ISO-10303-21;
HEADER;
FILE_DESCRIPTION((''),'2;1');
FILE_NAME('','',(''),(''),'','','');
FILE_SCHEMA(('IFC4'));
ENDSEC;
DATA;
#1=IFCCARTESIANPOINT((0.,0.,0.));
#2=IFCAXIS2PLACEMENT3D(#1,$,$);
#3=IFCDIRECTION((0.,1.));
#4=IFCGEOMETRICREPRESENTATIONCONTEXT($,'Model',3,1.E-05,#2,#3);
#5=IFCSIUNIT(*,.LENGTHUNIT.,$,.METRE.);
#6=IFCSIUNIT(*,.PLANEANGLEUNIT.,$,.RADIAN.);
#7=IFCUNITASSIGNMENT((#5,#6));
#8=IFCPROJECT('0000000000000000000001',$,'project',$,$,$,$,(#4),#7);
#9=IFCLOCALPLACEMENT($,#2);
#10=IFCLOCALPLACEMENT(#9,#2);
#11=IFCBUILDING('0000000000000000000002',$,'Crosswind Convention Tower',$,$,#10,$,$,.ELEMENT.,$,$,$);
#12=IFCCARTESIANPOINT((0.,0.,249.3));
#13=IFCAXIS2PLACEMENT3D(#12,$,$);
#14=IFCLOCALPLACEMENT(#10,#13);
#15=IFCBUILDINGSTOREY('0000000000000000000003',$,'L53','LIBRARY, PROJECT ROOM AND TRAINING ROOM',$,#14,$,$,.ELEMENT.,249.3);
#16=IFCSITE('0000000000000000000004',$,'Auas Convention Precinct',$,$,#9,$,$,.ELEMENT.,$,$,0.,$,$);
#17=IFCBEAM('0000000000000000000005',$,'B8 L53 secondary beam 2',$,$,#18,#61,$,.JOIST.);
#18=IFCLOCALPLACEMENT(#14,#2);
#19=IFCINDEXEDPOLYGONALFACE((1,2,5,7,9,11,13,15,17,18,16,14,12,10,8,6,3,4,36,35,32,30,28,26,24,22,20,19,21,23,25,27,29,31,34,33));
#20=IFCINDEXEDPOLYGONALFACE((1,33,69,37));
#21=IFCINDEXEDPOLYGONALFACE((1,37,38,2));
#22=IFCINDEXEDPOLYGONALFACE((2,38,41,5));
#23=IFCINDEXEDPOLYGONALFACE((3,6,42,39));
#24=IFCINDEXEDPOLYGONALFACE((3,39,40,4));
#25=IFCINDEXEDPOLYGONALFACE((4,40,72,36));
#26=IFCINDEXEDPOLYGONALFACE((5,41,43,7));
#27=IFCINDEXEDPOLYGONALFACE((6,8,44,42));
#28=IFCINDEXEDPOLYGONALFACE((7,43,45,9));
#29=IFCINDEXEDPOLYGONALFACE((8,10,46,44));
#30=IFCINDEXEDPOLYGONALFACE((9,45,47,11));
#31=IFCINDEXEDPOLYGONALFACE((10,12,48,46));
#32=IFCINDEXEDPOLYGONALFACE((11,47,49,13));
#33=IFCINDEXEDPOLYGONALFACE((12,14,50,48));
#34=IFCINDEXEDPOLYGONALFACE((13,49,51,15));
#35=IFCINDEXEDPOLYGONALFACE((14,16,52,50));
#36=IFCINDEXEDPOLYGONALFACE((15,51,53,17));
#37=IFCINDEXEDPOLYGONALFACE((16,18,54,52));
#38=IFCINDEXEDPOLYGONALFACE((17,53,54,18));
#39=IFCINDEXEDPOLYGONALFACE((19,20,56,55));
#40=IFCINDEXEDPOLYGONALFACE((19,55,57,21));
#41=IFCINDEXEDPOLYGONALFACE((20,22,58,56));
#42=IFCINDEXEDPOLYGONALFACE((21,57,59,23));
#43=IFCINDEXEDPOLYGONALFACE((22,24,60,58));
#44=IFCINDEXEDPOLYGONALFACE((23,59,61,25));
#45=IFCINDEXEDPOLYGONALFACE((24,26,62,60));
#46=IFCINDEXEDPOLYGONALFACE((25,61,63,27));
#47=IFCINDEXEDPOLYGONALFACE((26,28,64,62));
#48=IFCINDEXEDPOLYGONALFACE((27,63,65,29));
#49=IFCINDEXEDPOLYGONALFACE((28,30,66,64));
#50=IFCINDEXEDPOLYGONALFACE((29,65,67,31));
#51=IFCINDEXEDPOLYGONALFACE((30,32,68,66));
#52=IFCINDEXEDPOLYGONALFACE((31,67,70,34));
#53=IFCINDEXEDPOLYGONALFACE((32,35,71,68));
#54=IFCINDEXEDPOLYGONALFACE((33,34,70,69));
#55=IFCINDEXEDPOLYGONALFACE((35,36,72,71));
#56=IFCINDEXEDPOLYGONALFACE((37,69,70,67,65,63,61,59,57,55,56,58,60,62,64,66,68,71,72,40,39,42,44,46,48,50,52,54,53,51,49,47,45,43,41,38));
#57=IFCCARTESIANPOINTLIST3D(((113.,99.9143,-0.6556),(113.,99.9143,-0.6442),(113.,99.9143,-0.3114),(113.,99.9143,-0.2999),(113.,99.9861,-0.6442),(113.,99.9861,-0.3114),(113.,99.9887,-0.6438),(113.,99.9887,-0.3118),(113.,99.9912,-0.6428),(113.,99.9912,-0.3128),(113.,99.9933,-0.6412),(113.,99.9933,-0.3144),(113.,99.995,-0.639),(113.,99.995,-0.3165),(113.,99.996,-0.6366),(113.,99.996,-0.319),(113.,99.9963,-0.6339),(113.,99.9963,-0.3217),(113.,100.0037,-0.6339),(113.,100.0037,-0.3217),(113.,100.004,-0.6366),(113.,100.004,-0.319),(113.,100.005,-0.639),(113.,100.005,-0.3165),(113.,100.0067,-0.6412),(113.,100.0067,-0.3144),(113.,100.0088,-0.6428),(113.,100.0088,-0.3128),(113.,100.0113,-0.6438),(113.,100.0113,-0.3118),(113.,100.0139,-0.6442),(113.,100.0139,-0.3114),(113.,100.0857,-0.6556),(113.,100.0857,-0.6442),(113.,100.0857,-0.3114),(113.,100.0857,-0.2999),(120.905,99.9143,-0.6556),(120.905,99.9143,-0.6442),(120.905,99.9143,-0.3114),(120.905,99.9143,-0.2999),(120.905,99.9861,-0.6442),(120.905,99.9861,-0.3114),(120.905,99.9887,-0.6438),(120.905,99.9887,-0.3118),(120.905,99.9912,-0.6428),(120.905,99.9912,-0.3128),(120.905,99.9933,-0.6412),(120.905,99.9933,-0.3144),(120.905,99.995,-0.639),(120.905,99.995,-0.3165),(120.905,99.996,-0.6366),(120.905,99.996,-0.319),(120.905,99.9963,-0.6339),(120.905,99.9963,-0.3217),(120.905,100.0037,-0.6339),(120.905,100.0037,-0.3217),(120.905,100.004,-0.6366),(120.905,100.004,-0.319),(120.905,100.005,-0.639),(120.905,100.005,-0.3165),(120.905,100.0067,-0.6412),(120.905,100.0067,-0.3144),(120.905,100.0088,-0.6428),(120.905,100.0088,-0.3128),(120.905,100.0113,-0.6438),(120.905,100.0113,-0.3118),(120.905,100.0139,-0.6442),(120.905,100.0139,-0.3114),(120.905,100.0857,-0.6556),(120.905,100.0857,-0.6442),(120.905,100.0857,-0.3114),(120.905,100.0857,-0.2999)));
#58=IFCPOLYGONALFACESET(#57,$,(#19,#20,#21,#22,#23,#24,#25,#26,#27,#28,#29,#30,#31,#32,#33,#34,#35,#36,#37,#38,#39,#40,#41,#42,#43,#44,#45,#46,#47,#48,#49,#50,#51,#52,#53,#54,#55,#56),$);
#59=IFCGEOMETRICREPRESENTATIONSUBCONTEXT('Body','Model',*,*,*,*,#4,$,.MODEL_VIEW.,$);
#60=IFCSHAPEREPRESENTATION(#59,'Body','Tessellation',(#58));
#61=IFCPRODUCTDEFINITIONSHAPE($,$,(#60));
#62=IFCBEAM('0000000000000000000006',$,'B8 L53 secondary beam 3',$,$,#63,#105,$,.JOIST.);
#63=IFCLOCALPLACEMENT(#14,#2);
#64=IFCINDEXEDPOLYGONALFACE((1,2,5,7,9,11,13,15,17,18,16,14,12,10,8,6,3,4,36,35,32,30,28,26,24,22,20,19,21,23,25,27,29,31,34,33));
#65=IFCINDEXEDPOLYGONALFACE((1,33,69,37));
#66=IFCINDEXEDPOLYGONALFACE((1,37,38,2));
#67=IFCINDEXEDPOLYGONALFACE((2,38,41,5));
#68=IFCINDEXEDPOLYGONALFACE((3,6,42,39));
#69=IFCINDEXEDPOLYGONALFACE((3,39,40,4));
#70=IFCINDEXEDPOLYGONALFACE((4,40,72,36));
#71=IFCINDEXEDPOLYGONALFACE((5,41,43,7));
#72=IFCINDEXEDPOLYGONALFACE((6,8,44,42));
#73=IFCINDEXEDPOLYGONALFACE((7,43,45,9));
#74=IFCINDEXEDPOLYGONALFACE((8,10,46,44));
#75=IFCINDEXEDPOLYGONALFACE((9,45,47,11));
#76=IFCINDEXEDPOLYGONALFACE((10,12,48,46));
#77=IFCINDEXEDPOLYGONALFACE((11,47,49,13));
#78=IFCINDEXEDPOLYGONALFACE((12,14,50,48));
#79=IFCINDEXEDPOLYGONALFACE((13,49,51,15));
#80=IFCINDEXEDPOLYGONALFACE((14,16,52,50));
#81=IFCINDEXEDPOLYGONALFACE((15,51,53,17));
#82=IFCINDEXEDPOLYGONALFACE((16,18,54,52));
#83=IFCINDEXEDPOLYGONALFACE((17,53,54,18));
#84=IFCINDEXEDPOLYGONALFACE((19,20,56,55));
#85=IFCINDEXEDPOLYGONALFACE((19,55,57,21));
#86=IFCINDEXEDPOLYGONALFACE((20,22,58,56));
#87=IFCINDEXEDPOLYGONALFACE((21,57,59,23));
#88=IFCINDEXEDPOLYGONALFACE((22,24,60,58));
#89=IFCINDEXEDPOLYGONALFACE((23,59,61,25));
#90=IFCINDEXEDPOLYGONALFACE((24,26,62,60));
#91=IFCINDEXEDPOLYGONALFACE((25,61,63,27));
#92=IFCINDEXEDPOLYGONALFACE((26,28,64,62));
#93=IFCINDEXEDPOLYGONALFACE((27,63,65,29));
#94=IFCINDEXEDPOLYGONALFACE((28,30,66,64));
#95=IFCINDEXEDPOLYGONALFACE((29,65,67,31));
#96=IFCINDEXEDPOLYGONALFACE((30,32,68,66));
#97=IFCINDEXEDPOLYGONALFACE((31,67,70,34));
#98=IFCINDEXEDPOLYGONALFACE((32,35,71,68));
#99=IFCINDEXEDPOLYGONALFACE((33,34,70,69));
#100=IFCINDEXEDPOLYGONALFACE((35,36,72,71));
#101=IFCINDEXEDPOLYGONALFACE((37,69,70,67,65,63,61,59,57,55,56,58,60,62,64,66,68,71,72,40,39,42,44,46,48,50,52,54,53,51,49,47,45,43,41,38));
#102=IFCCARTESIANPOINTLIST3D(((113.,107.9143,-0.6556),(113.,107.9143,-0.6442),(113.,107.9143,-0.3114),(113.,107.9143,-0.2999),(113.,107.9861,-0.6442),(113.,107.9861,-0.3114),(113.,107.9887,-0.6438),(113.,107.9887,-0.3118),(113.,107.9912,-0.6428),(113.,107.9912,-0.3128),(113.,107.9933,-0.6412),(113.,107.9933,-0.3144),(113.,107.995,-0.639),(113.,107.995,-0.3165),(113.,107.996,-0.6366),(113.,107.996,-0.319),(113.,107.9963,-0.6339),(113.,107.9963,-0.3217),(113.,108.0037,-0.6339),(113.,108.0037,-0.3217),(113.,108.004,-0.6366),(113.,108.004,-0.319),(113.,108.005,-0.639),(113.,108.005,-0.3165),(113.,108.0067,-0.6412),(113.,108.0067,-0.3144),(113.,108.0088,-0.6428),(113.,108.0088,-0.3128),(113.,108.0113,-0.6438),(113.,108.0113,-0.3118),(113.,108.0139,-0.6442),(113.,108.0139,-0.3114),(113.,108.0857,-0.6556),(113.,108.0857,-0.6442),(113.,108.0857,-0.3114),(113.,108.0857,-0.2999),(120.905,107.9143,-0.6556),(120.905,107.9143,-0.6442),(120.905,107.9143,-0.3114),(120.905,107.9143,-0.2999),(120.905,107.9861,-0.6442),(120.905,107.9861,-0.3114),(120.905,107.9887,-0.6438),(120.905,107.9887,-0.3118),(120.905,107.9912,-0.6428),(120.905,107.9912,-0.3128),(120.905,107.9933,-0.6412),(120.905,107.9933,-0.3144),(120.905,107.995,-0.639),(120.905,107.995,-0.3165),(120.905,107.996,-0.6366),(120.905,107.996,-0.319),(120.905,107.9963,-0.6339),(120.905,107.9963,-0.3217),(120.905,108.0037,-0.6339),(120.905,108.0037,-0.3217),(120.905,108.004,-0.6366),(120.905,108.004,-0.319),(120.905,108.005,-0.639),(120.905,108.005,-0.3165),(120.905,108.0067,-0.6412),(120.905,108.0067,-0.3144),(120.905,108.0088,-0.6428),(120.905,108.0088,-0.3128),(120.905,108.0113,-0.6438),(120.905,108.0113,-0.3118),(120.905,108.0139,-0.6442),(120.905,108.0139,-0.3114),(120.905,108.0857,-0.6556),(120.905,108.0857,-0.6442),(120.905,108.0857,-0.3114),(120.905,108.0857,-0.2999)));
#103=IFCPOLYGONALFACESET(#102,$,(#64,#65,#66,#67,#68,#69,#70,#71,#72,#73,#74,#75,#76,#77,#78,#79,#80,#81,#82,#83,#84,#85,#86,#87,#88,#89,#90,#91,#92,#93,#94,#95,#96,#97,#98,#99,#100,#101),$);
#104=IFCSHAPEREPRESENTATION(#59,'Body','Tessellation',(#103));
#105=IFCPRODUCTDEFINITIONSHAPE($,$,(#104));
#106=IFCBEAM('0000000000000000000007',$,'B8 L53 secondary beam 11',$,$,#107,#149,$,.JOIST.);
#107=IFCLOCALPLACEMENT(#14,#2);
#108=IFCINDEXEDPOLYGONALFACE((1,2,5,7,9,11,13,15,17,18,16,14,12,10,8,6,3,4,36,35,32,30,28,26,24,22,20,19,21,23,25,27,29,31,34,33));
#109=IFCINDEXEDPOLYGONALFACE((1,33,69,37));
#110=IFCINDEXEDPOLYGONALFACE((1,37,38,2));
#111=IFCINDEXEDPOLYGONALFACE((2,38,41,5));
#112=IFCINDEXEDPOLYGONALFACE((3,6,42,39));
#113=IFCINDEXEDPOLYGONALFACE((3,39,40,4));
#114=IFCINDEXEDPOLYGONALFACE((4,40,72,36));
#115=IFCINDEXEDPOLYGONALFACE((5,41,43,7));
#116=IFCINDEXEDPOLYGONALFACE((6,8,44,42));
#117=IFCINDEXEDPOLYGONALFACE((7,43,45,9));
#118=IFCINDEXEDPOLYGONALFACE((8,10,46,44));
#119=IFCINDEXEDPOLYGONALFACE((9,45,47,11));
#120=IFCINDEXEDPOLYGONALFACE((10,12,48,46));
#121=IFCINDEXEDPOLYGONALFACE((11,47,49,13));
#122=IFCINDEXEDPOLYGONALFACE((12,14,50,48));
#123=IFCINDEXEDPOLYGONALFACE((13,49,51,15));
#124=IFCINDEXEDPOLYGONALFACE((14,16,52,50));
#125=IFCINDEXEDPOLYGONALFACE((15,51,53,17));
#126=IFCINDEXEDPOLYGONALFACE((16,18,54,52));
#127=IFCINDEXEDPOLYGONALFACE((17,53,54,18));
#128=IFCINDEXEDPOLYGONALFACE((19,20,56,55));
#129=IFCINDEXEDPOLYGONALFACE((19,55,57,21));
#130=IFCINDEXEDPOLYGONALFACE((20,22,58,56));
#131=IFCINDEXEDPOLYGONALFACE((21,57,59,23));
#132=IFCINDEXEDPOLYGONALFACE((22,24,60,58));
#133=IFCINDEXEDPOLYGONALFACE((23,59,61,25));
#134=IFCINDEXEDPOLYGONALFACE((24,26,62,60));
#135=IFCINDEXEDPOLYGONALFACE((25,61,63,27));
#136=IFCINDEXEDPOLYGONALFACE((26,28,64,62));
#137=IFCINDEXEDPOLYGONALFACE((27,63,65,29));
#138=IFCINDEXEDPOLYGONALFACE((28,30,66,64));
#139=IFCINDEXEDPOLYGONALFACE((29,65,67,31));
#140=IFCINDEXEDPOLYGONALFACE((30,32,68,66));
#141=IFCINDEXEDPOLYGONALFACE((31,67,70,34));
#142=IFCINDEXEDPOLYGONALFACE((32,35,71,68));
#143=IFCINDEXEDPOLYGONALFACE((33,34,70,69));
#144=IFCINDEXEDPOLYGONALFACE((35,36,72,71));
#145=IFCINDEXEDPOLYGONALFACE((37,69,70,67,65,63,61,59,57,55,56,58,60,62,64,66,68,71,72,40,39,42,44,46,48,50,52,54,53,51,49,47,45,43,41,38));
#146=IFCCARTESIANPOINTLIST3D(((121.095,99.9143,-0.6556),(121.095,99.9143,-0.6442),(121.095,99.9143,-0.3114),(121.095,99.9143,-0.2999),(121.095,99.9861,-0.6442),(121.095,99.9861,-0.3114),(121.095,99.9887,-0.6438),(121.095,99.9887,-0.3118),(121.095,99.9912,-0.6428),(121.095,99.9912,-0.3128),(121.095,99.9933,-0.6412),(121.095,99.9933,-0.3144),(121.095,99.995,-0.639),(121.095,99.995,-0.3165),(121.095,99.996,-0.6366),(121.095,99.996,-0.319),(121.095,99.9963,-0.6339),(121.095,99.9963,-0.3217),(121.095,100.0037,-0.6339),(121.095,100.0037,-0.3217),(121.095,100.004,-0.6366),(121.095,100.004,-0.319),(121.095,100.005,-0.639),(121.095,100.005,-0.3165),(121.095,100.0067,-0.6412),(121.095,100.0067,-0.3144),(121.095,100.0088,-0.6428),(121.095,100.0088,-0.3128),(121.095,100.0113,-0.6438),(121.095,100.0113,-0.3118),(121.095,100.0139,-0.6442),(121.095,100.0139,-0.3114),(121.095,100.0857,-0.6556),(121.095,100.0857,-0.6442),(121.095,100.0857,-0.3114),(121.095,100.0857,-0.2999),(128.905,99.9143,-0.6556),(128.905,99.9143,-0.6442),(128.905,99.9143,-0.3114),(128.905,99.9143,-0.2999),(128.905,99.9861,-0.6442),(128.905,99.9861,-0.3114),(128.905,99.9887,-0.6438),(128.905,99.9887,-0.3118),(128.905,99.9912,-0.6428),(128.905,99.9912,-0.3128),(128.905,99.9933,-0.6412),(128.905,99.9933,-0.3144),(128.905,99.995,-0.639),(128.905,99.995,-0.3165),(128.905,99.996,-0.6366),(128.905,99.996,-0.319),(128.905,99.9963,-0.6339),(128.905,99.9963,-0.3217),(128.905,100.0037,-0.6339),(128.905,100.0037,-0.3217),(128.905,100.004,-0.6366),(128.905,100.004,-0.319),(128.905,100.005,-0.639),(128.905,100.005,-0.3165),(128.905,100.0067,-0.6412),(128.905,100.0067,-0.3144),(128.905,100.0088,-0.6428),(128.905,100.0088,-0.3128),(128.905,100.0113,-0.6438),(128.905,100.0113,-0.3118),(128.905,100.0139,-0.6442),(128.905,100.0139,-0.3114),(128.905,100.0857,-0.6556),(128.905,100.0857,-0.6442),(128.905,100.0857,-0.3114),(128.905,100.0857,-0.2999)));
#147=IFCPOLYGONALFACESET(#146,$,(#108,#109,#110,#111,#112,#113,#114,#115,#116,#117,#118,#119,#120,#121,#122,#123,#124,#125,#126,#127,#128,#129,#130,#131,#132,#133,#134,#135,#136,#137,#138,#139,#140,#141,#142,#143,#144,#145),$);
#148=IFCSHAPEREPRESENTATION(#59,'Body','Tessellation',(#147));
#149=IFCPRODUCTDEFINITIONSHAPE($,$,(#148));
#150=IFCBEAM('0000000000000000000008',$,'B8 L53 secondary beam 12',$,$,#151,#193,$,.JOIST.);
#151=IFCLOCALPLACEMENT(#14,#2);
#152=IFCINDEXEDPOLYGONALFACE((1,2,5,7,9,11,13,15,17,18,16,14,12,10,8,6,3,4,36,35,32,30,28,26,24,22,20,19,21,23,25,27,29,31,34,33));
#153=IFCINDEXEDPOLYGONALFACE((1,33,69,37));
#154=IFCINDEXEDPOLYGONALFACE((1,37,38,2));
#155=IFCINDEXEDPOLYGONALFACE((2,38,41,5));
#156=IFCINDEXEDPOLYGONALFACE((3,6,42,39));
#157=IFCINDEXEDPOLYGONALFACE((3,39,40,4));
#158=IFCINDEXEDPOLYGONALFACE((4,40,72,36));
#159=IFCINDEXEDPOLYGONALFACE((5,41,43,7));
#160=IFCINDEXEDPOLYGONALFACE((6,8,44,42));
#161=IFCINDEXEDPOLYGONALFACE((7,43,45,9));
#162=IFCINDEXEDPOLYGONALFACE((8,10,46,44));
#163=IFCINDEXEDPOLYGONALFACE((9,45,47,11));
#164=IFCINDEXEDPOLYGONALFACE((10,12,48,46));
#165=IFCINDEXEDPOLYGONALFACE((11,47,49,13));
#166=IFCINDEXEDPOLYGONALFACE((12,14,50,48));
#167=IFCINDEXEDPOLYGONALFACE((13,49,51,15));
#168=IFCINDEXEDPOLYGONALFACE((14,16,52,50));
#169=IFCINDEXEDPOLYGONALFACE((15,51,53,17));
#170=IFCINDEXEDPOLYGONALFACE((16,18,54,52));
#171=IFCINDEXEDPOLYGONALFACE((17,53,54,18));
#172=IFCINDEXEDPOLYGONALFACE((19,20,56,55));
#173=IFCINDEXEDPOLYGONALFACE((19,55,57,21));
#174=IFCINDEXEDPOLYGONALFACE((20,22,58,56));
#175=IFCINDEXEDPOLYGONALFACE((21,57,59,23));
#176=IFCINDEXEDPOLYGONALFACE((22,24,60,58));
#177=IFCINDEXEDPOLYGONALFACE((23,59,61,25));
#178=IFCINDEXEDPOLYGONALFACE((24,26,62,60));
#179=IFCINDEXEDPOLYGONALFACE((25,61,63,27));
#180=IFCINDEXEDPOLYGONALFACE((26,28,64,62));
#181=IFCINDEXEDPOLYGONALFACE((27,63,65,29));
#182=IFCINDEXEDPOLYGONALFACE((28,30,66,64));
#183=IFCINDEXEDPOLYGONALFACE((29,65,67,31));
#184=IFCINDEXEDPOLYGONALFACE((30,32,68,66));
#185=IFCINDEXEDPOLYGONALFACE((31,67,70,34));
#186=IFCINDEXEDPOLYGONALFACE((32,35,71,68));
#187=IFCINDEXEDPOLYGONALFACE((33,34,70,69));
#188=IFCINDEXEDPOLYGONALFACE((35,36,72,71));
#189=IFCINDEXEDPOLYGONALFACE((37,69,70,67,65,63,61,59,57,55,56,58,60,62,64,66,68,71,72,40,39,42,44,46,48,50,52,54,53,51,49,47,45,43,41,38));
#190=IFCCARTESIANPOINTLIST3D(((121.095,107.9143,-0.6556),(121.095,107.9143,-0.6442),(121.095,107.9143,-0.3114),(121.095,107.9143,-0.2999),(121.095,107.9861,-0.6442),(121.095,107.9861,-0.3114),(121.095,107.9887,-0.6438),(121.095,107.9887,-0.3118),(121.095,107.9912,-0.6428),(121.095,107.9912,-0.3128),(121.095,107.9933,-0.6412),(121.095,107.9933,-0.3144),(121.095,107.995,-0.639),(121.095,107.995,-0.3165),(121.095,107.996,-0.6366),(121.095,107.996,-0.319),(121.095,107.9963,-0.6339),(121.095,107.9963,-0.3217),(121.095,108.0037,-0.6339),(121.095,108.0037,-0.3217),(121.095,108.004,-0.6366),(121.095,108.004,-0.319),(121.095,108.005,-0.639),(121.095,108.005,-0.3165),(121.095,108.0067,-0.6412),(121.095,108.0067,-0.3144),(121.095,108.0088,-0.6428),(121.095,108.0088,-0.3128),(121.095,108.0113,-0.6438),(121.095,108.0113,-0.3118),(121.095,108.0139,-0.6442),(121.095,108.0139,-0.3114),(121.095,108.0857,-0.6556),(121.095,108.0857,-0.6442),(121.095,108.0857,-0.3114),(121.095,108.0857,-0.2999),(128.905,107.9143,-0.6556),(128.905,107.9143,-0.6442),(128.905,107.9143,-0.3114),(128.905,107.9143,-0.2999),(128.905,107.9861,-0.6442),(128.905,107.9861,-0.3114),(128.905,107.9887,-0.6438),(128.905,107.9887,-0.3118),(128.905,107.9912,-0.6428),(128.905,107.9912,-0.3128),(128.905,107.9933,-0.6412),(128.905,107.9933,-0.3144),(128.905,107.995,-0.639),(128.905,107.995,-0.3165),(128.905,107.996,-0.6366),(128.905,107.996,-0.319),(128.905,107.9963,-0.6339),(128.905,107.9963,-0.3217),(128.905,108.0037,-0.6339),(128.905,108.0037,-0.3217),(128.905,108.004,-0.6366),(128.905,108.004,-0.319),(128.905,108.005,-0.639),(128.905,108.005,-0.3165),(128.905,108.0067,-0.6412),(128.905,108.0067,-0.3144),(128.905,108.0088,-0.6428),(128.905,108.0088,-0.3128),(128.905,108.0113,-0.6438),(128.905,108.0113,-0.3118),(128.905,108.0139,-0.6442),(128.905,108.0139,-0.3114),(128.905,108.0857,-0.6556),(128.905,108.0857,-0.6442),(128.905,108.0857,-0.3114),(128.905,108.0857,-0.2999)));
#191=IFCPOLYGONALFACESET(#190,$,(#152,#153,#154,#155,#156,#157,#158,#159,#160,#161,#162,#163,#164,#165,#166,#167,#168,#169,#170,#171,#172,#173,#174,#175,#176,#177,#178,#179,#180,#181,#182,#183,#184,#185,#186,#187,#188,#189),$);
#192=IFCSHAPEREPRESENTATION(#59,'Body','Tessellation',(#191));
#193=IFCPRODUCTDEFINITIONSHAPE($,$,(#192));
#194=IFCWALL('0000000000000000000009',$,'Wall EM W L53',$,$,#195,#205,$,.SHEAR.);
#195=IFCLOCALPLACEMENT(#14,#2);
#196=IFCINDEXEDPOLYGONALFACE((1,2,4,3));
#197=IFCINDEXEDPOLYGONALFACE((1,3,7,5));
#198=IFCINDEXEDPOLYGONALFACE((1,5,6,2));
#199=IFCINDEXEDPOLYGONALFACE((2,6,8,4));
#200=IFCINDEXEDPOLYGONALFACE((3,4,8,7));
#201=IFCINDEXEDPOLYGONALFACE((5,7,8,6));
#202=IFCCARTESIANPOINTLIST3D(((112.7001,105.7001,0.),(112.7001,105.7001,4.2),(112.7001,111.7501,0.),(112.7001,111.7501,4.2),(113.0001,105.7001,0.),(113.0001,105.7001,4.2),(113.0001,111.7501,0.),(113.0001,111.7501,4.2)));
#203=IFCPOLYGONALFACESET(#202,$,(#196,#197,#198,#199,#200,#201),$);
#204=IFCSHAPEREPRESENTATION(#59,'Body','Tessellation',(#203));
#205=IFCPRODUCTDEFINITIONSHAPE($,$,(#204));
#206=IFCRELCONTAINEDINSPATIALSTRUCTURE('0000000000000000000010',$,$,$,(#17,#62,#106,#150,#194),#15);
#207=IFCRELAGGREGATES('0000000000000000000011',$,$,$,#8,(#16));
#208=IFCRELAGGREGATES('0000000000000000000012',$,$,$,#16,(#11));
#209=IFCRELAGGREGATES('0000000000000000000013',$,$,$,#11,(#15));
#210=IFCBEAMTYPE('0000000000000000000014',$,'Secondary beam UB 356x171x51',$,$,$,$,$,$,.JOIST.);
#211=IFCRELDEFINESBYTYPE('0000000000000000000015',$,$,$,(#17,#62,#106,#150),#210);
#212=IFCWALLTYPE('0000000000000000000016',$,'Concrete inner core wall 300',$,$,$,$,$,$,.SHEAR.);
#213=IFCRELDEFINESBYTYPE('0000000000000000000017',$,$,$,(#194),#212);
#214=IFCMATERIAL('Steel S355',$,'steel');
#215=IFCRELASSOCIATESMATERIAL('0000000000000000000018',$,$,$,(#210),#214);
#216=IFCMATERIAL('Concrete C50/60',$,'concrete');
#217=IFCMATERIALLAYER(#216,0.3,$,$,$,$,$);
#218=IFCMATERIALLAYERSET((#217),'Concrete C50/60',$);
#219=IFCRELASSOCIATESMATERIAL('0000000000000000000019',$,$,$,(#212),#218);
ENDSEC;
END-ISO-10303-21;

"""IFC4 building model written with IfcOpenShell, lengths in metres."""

from ifc_helpers import new_model, si_unit, direction, frame, frame_2d, origin, origin_2d, place, context, subcontext, project, spatial, rectangle, i_section, extrude, material, layer, layer_set, material_profile, profile_set, type_object, element, save


model = new_model("IFC4")

# Units and contexts
model_context = context("Model", 3, precision=1e-05, world=origin(), true_north=direction((0.0, 1.0)))
body_context = subcontext(model_context, "Body", "Model", "MODEL_VIEW")
ifc_project = project(units=[si_unit("LENGTHUNIT", "METRE"), si_unit("PLANEANGLEUNIT", "RADIAN")], contexts=[model_context])

# Site, building, storey
site_placement = place(None, origin())
site = spatial("IfcSite", under=ifc_project, at=site_placement, Name="Auas Convention Precinct", CompositionType="ELEMENT", RefElevation=0.0)
building_placement = place(site_placement, origin())
building = spatial("IfcBuilding", under=site, at=building_placement, Name="Crosswind Convention Tower", CompositionType="ELEMENT")
storey_placement = place(building_placement, frame((0.0, 0.0, 249.3)))
storey = spatial("IfcBuildingStorey", under=building, at=storey_placement, Name="L53", Description="LIBRARY, PROJECT ROOM AND TRAINING ROOM", CompositionType="ELEMENT", Elevation=249.3)

# Beams
ifc_material_1 = material(Name="Steel S355", Category="steel")
ifc_material_profile_1 = material_profile(ifc_material_1, i_section(OverallWidth=0.1714, OverallDepth=0.3557, WebThickness=0.0073, FlangeThickness=0.0115, FilletRadius=0.0103, at=origin_2d()), Name="UB 356x171x51")
ifc_profile_set_1 = profile_set([ifc_material_profile_1], Name="Steel S355")
beam_type_1 = type_object("IfcBeamType", Name="Secondary beam UB 356x171x51", PredefinedType="JOIST", material=ifc_profile_set_1)
for number, where, z_axis, x_axis, name in (
    (1, (113.0, 100.0, -0.4778), (1.0, 0.0, 0.0), (0.0, 1.0, 0.0), "B8 L53 secondary beam 2"),
    (2, (113.0, 108.0, -0.4778), (1.0, 0.0, 0.0), (0.0, 1.0, 0.0), "B8 L53 secondary beam 3"),
):
    element("IfcBeam", number, at=place(storey_placement, frame(where, z_axis=z_axis, x_axis=x_axis)), inside=storey, type_object=beam_type_1, Name=name, PredefinedType="JOIST", context=body_context, shape_type="SweptSolid", body=[
        extrude(i_section(OverallWidth=0.1714, OverallDepth=0.3557, WebThickness=0.0073, FlangeThickness=0.0115, FilletRadius=0.0103, at=origin_2d()), origin(), (0.0, 0.0, 1.0), 7.905),
    ])
for number, where, z_axis, x_axis, name in (
    (3, (121.095, 100.0, -0.4778), (1.0, 0.0, 0.0), (0.0, 1.0, 0.0), "B8 L53 secondary beam 11"),
    (4, (121.095, 108.0, -0.4778), (1.0, 0.0, 0.0), (0.0, 1.0, 0.0), "B8 L53 secondary beam 12"),
):
    element("IfcBeam", number, at=place(storey_placement, frame(where, z_axis=z_axis, x_axis=x_axis)), inside=storey, type_object=beam_type_1, Name=name, PredefinedType="JOIST", context=body_context, shape_type="SweptSolid", body=[
        extrude(i_section(OverallWidth=0.1714, OverallDepth=0.3557, WebThickness=0.0073, FlangeThickness=0.0115, FilletRadius=0.0103, at=origin_2d()), origin(), (0.0, 0.0, 1.0), 7.8101),
    ])

# Shared definitions
ifc_material_2 = material(Name="Concrete C50/60", Category="concrete")
ifc_layer_1 = layer(ifc_material_2, 0.3)
ifc_layer_set_1 = layer_set([ifc_layer_1], Name="Concrete C50/60")
wall_type_1 = type_object("IfcWallType", Name="Concrete inner core wall 300", PredefinedType="SHEAR", material=ifc_layer_set_1)

# Wall
wall_1_placement = place(storey_placement, frame((112.8501, 111.75, 0.0), z_axis=(0.0, 0.0, 1.0), x_axis=(0.0, -1.0, 0.0)))
element("IfcWall", 5, at=wall_1_placement, inside=storey, type_object=wall_type_1, Name="Wall EM W L53", PredefinedType="SHEAR", context=body_context, shape_type="SweptSolid", body=[
    extrude(rectangle(XDim=6.05, YDim=0.3, at=frame_2d((3.0249, 0.0))), origin(), (0.0, 0.0, 1.0), 4.2),
])

save(model, "model.ifc")
